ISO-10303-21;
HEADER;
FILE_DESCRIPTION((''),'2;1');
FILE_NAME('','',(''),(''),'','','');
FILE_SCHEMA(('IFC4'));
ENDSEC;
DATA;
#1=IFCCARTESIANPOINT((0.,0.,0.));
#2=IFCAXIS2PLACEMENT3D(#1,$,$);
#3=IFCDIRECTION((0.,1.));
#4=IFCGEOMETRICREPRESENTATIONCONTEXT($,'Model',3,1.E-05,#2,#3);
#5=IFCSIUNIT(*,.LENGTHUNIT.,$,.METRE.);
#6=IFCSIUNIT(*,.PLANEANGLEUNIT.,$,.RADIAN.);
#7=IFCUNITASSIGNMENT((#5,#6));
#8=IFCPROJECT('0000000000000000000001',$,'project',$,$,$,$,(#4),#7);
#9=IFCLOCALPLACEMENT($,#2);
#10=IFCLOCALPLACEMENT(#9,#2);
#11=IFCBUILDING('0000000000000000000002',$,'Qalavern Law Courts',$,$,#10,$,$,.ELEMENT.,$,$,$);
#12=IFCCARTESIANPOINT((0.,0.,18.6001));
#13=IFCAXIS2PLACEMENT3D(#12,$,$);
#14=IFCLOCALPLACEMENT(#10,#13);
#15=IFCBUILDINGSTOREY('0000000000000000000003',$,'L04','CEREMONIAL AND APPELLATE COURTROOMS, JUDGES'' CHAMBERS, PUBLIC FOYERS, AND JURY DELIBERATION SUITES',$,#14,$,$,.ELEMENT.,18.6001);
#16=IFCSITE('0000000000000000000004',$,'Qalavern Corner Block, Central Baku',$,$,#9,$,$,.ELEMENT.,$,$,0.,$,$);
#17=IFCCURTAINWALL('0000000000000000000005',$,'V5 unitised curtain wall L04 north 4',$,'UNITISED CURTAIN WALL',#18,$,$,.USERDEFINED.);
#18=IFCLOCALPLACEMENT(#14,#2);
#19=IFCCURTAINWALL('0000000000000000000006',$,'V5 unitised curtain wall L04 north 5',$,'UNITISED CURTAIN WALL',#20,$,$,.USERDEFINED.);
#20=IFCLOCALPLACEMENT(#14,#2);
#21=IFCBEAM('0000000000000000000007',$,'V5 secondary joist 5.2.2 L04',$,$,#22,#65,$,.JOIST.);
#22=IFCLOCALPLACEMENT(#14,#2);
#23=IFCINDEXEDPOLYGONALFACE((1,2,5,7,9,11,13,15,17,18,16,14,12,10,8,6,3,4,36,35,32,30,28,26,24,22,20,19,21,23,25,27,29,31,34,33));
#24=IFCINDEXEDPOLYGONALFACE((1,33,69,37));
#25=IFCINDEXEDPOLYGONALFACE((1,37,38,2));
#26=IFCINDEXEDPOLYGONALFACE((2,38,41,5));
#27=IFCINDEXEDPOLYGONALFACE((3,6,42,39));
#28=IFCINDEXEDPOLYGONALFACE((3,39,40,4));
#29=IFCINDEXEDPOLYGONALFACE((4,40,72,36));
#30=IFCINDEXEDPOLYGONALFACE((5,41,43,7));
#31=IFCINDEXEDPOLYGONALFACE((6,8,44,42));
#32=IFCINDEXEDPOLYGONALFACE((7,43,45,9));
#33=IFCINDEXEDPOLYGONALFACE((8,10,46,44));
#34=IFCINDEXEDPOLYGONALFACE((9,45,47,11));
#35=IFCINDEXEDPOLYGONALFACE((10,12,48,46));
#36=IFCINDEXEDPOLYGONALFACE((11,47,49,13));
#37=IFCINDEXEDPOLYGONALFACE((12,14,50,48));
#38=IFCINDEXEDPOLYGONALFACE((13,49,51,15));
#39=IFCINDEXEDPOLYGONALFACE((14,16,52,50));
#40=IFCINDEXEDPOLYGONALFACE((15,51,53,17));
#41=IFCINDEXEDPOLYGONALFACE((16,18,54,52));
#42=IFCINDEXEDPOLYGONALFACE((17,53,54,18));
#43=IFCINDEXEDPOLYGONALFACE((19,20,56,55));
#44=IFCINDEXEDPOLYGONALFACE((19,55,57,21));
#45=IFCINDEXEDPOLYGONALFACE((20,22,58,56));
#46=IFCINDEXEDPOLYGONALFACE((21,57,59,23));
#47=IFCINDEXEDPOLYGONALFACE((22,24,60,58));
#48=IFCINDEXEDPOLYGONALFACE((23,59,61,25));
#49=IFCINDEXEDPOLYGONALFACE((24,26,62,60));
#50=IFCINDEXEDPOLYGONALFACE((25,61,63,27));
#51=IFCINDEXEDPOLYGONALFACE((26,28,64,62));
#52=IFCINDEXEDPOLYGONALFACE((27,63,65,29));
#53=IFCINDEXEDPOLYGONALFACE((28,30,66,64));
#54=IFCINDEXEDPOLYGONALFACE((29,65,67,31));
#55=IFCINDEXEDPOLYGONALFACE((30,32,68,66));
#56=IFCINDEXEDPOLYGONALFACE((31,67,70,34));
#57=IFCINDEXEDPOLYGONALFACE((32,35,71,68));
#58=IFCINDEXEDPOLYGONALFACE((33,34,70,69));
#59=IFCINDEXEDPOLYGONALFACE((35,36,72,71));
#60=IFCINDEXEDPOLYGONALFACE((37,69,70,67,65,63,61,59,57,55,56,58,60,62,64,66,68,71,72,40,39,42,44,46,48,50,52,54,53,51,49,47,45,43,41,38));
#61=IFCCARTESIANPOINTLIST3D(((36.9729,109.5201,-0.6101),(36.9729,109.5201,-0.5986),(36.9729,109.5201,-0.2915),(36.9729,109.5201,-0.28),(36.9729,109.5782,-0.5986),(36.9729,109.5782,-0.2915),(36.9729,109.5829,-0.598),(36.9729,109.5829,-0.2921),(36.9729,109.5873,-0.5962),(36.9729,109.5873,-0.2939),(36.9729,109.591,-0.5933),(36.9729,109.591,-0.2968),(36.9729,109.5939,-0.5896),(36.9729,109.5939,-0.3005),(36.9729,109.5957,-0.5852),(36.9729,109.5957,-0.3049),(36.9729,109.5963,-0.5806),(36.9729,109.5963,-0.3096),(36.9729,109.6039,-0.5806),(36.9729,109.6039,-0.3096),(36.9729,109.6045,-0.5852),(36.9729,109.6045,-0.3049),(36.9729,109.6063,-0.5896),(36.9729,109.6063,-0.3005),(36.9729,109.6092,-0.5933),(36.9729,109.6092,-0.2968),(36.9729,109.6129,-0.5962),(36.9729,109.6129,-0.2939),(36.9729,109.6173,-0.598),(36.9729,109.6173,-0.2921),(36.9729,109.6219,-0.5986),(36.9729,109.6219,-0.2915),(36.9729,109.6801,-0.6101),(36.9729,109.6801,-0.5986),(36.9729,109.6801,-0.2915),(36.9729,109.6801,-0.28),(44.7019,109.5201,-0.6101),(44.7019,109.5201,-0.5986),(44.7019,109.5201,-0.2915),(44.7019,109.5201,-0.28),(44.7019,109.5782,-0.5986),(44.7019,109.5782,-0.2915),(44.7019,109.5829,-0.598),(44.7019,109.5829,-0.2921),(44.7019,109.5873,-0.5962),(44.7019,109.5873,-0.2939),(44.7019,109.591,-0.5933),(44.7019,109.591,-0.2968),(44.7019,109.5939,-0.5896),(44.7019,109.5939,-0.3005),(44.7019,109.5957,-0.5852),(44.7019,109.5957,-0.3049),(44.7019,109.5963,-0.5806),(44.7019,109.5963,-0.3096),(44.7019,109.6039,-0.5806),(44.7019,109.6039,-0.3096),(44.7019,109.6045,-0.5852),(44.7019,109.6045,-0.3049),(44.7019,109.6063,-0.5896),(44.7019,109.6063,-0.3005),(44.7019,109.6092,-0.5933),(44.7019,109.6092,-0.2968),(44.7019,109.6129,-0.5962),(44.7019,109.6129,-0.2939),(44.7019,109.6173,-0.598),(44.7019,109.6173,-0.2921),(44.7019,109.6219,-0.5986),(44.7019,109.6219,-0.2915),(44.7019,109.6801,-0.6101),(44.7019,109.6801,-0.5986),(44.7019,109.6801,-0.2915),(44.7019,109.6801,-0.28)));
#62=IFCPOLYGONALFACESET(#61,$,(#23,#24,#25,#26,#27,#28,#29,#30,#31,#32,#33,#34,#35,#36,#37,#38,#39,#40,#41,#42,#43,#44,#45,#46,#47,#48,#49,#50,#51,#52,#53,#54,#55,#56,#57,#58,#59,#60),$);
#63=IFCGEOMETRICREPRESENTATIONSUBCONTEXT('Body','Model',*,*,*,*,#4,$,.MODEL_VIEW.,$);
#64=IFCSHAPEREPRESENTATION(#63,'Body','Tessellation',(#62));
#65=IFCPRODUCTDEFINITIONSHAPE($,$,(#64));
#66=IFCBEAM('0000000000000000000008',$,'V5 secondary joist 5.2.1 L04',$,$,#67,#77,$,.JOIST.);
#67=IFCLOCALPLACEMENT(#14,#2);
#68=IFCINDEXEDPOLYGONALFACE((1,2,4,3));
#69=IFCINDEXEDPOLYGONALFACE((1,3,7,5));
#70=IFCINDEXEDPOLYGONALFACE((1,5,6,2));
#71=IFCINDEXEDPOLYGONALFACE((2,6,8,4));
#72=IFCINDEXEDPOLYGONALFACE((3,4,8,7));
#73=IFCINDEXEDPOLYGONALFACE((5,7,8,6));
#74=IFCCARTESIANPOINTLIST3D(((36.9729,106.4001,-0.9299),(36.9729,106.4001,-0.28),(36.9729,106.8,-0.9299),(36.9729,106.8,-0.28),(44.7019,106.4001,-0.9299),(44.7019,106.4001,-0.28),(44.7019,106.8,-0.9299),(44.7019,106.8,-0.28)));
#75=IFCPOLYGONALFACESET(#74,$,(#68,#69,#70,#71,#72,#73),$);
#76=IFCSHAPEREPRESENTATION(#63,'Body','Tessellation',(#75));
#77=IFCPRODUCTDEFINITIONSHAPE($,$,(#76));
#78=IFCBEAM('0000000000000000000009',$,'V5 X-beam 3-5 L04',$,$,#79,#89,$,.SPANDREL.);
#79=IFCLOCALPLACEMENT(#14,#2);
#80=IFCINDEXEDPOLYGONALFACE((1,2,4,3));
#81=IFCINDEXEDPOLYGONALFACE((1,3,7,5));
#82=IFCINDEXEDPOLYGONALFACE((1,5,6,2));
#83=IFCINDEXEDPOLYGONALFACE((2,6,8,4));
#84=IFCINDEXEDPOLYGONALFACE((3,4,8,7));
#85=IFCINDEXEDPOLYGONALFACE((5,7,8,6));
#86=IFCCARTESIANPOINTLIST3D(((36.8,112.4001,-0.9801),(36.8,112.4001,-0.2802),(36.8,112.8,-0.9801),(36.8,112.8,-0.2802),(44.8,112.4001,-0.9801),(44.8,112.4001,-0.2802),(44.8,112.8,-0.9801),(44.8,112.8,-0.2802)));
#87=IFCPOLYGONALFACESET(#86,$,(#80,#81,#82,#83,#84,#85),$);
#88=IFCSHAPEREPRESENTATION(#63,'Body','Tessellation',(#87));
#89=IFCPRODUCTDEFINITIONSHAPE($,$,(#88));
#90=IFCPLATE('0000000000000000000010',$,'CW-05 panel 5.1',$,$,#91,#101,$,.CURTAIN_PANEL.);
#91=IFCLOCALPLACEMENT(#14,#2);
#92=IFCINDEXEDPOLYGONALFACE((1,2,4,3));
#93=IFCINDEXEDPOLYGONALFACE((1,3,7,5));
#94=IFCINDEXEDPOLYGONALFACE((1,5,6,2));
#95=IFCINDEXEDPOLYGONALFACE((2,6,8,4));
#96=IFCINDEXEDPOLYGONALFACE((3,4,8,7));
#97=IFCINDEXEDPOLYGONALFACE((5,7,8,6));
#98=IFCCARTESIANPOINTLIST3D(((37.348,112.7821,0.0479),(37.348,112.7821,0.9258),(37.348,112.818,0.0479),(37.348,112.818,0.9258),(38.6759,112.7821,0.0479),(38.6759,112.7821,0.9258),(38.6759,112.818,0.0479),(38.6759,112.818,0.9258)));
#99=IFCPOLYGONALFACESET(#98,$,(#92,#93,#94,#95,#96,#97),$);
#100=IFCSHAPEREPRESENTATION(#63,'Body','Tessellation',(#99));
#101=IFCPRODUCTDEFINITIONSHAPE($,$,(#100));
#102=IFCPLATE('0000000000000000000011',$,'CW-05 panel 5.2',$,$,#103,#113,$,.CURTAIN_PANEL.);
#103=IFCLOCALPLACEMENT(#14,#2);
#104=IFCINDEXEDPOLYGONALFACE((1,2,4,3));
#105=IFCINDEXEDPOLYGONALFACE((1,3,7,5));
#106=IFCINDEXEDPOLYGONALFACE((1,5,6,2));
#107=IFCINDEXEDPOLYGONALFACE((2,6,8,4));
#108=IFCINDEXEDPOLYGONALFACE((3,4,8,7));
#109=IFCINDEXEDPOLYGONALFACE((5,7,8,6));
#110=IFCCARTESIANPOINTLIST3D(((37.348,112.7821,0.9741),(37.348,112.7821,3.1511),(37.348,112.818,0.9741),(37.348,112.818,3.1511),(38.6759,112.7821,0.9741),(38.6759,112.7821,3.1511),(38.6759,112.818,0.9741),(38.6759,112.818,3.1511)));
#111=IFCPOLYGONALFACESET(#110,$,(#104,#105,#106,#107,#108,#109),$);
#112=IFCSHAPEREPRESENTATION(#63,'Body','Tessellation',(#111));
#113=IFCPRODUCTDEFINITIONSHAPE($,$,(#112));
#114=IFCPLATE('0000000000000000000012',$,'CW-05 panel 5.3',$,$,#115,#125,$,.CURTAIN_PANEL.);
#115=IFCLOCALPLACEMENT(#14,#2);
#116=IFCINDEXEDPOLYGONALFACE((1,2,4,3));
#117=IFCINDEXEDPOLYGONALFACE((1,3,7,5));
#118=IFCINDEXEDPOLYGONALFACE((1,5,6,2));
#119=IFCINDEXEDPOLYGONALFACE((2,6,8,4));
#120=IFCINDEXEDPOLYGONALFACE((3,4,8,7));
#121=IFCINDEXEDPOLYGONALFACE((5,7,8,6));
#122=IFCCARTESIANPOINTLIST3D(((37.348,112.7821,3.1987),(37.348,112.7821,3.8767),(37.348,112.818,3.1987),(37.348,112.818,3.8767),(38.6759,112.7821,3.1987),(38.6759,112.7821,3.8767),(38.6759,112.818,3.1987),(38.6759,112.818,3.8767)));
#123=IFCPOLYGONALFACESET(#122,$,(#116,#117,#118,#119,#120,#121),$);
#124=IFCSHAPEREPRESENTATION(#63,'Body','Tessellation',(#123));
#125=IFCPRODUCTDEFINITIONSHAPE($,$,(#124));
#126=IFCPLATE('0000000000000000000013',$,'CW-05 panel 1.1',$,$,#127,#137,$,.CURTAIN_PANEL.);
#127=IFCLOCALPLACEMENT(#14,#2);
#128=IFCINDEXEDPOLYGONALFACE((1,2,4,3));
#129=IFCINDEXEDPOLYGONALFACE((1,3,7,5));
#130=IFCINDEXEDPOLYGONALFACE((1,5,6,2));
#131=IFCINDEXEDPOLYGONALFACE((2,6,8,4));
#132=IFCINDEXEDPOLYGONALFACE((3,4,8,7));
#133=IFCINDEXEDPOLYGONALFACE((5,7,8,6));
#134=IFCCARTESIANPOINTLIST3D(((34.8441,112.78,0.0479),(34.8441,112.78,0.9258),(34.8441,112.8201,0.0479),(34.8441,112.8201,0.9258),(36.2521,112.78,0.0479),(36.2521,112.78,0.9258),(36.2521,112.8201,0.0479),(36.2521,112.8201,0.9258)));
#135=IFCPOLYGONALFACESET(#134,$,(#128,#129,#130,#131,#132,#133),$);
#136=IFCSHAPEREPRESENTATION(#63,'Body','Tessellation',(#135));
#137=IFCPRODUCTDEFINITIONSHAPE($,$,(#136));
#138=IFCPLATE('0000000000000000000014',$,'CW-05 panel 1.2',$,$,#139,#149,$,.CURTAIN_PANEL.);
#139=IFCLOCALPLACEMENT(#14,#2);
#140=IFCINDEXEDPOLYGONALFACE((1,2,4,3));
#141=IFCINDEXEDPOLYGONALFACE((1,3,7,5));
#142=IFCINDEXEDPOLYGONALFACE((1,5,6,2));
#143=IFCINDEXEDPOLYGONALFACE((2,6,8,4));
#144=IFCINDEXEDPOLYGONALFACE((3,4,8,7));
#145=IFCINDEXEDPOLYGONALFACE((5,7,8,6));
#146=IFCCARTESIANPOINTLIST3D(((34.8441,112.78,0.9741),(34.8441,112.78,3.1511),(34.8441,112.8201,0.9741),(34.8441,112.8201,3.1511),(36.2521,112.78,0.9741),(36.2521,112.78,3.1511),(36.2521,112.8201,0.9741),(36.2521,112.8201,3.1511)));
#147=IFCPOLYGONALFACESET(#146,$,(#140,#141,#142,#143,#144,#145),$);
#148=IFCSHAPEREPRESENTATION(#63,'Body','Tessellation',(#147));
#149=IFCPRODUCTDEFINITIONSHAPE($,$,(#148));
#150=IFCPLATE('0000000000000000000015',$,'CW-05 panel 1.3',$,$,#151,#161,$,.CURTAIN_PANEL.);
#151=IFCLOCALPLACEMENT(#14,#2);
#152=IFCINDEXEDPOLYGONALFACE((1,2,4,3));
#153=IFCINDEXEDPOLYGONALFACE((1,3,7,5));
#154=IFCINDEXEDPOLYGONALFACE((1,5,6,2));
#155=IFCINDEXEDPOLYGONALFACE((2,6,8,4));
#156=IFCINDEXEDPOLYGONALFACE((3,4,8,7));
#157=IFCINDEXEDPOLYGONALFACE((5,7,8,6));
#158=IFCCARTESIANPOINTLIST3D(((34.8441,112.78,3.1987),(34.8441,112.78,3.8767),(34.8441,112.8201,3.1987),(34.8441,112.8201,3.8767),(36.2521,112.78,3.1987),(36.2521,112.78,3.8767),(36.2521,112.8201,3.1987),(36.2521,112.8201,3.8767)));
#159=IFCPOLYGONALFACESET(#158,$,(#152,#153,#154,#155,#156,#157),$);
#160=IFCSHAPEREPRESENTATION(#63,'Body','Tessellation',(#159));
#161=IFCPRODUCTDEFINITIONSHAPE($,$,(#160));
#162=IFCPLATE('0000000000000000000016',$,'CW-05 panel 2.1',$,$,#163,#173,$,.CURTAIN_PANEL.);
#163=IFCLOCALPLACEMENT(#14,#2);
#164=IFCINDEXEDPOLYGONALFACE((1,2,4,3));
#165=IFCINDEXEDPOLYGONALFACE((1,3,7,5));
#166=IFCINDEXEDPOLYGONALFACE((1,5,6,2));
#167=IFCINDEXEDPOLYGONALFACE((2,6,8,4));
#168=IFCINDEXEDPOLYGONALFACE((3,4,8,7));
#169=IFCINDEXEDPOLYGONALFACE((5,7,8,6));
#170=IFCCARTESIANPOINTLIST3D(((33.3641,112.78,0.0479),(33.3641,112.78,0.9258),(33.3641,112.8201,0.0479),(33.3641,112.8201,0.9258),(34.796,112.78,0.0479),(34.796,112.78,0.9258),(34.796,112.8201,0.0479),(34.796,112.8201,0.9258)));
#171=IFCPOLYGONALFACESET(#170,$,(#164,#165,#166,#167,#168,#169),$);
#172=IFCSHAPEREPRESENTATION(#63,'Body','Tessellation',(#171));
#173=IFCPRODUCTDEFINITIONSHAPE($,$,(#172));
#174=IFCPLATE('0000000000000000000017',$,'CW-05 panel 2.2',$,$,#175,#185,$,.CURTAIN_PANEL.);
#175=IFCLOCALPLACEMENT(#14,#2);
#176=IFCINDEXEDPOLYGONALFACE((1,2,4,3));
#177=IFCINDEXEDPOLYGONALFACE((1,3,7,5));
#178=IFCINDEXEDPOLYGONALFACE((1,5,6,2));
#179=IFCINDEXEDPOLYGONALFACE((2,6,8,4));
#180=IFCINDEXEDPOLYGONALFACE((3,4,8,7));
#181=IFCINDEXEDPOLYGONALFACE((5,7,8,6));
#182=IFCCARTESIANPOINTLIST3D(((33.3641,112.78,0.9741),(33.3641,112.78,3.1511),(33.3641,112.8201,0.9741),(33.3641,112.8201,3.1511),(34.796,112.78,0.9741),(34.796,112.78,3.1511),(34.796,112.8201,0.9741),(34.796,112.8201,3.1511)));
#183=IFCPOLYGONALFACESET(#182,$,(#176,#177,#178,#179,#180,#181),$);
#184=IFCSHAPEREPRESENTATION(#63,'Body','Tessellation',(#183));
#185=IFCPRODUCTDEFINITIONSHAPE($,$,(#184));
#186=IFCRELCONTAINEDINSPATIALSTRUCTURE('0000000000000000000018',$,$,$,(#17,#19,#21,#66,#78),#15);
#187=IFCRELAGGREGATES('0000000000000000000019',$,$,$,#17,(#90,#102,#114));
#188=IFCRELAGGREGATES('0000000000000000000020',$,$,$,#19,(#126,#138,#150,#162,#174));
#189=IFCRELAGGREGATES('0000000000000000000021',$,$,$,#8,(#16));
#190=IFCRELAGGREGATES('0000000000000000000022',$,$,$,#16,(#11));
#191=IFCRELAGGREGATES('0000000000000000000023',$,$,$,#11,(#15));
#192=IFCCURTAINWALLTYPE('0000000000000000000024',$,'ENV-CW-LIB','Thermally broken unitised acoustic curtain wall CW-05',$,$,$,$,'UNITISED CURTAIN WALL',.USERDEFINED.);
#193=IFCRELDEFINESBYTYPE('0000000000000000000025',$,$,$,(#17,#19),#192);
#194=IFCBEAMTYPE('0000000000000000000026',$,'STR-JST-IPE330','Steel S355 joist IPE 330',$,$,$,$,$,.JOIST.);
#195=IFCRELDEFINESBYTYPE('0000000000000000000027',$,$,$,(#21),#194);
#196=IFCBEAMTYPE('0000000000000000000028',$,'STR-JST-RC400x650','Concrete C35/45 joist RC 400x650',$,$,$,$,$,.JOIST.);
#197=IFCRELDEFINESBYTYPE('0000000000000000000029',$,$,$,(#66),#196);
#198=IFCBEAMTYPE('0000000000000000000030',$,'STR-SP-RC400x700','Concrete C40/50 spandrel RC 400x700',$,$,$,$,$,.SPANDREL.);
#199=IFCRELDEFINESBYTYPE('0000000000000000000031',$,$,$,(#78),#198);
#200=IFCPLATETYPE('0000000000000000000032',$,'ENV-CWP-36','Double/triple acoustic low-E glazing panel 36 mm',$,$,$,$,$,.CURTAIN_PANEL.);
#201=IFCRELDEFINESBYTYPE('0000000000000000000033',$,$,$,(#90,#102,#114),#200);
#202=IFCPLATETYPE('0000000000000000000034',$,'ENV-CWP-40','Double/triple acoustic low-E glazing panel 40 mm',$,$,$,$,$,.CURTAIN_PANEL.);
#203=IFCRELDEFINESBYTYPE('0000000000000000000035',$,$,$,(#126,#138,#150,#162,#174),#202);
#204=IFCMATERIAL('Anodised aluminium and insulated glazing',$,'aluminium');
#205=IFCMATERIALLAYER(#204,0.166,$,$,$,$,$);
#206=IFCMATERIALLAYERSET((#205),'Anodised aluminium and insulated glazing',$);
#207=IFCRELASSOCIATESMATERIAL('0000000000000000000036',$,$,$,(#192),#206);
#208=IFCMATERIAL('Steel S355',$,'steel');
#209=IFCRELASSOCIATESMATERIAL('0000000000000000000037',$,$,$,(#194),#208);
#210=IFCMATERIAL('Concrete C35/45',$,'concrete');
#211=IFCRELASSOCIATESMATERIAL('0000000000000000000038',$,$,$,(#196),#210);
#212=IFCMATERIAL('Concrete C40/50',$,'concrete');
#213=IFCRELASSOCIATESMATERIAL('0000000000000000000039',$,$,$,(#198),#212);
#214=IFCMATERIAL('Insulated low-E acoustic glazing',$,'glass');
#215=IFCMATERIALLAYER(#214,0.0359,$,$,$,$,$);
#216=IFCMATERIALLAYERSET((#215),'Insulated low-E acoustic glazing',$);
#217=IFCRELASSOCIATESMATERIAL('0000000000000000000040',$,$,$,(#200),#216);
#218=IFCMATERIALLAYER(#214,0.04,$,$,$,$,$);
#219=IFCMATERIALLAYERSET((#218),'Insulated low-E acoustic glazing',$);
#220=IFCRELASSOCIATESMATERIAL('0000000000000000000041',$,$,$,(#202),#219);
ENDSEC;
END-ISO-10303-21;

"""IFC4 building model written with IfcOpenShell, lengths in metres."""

from ifc_helpers import new_model, si_unit, direction, frame, origin, origin_2d, place, context, subcontext, project, spatial, rectangle, i_section, extrude, material, layer, layer_set, material_profile, profile_set, type_object, element, aggregate, save


model = new_model("IFC4")

# Units and contexts
model_context = context("Model", 3, precision=1e-05, world=origin(), true_north=direction((0.0, 1.0)))
body_context = subcontext(model_context, "Body", "Model", "MODEL_VIEW")
ifc_project = project(units=[si_unit("LENGTHUNIT", "METRE"), si_unit("PLANEANGLEUNIT", "RADIAN")], contexts=[model_context])

# Site, building, storey
site_placement = place(None, origin())
site = spatial("IfcSite", under=ifc_project, at=site_placement, Name="Qalavern Corner Block, Central Baku", CompositionType="ELEMENT", RefElevation=0.0)
building_placement = place(site_placement, origin())
building = spatial("IfcBuilding", under=site, at=building_placement, Name="Qalavern Law Courts", CompositionType="ELEMENT")
storey_placement = place(building_placement, frame((0.0, 0.0, 18.6001)))
storey = spatial("IfcBuildingStorey", under=building, at=storey_placement, Name="L04", Description="CEREMONIAL AND APPELLATE COURTROOMS, JUDGES' CHAMBERS, PUBLIC FOYERS, AND JURY DELIBERATION SUITES", CompositionType="ELEMENT", Elevation=18.6001)

# Curtain wall
ifc_material_1 = material(Name="Anodised aluminium and insulated glazing", Category="aluminium")
ifc_layer_1 = layer(ifc_material_1, 0.166)
ifc_layer_set_1 = layer_set([ifc_layer_1], Name="Anodised aluminium and insulated glazing")
curtain_wall_type = type_object("IfcCurtainWallType", Name="ENV-CW-LIB", Description="Thermally broken unitised acoustic curtain wall CW-05", ElementType="UNITISED CURTAIN WALL", PredefinedType="USERDEFINED", material=ifc_layer_set_1)
curtain_wall_1_placement = place(storey_placement, origin())
curtain_wall_1 = element("IfcCurtainWall", 1, at=curtain_wall_1_placement, inside=storey, type_object=curtain_wall_type, Name="V5 unitised curtain wall L04 north 4", ObjectType="UNITISED CURTAIN WALL", PredefinedType="USERDEFINED")

# Curtain wall
curtain_wall_2_placement = place(storey_placement, origin())
curtain_wall_2 = element("IfcCurtainWall", 2, at=curtain_wall_2_placement, inside=storey, type_object=curtain_wall_type, Name="V5 unitised curtain wall L04 north 5", ObjectType="UNITISED CURTAIN WALL", PredefinedType="USERDEFINED")

# Beams
ifc_material_2 = material(Name="Concrete C35/45", Category="concrete")
ifc_material_3 = material(Name="Steel S355", Category="steel")
ifc_material_profile_1 = material_profile(ifc_material_3, i_section(OverallWidth=0.1599, OverallDepth=0.3301, WebThickness=0.0076, FlangeThickness=0.0115, FilletRadius=0.0181, at=origin_2d()), Name="IPE 330")
ifc_profile_set_1 = profile_set([ifc_material_profile_1], Name="Steel S355")
beam_type_1 = type_object("IfcBeamType", Name="STR-JST-IPE330", Description="Steel S355 joist IPE 330", PredefinedType="JOIST", material=ifc_profile_set_1)
beam_1_placement = place(storey_placement, frame((36.9729, 109.6001, -0.4451), z_axis=(1.0, 0.0, 0.0), x_axis=(0.0, 1.0, 0.0)))
element("IfcBeam", 3, at=beam_1_placement, inside=storey, type_object=beam_type_1, Name="V5 secondary joist 5.2.2 L04", PredefinedType="JOIST", context=body_context, shape_type="SweptSolid", body=[
    extrude(i_section(OverallWidth=0.1599, OverallDepth=0.3301, WebThickness=0.0076, FlangeThickness=0.0115, FilletRadius=0.0181, at=origin_2d()), origin(), (0.0, 0.0, 1.0), 7.729),
])
ifc_material_profile_2 = material_profile(ifc_material_2, rectangle(XDim=0.3999, YDim=0.6499, at=origin_2d()), Name="RC 400x650")
ifc_profile_set_2 = profile_set([ifc_material_profile_2], Name="Concrete C35/45")
beam_type_2 = type_object("IfcBeamType", Name="STR-JST-RC400x650", Description="Concrete C35/45 joist RC 400x650", PredefinedType="JOIST", material=ifc_profile_set_2)
beam_2_placement = place(storey_placement, frame((36.9729, 106.6001, -0.605), z_axis=(1.0, 0.0, 0.0), x_axis=(0.0, 1.0, 0.0)))
element("IfcBeam", 4, at=beam_2_placement, inside=storey, type_object=beam_type_2, Name="V5 secondary joist 5.2.1 L04", PredefinedType="JOIST", context=body_context, shape_type="SweptSolid", body=[
    extrude(rectangle(XDim=0.3999, YDim=0.6499, at=origin_2d()), origin(), (0.0, 0.0, 1.0), 7.729),
])
ifc_material_4 = material(Name="Concrete C40/50", Category="concrete")
ifc_material_profile_3 = material_profile(ifc_material_4, rectangle(XDim=0.3999, YDim=0.7, at=origin_2d()), Name="RC 400x700")
ifc_profile_set_3 = profile_set([ifc_material_profile_3], Name="Concrete C40/50")
beam_type_3 = type_object("IfcBeamType", Name="STR-SP-RC400x700", Description="Concrete C40/50 spandrel RC 400x700", PredefinedType="SPANDREL", material=ifc_profile_set_3)
beam_3_placement = place(storey_placement, frame((36.8, 112.6001, -0.6301), z_axis=(1.0, 0.0, 0.0), x_axis=(0.0, 1.0, 0.0)))
element("IfcBeam", 5, at=beam_3_placement, inside=storey, type_object=beam_type_3, Name="V5 X-beam 3-5 L04", PredefinedType="SPANDREL", context=body_context, shape_type="SweptSolid", body=[
    extrude(rectangle(XDim=0.3999, YDim=0.7, at=origin_2d()), origin(), (0.0, 0.0, 1.0), 8.0),
])

# Plates
ifc_material_5 = material(Name="Insulated low-E acoustic glazing", Category="glass")
ifc_layer_2 = layer(ifc_material_5, 0.0359)
ifc_layer_set_2 = layer_set([ifc_layer_2], Name="Insulated low-E acoustic glazing")
plate_type_1 = type_object("IfcPlateType", Name="ENV-CWP-36", Description="Double/triple acoustic low-E glazing panel 36 mm", PredefinedType="CURTAIN_PANEL", material=ifc_layer_set_2)
plate_1_placement = place(storey_placement, frame((38.012, 112.8, 0.0479), z_axis=(0.0, 0.0, 1.0), x_axis=(-1.0, 0.0, 0.0)))
plate_1 = element("IfcPlate", 6, at=plate_1_placement, type_object=plate_type_1, Name="CW-05 panel 5.1", PredefinedType="CURTAIN_PANEL", context=body_context, shape_type="SweptSolid", body=[
    extrude(rectangle(XDim=1.3279, YDim=0.0359, at=origin_2d()), origin(), (0.0, 0.0, 1.0), 0.8779),
])
plate_2_placement = place(storey_placement, frame((38.012, 112.8, 0.9741), z_axis=(0.0, 0.0, 1.0), x_axis=(-1.0, 0.0, 0.0)))
plate_2 = element("IfcPlate", 7, at=plate_2_placement, type_object=plate_type_1, Name="CW-05 panel 5.2", PredefinedType="CURTAIN_PANEL", context=body_context, shape_type="SweptSolid", body=[
    extrude(rectangle(XDim=1.3279, YDim=0.0359, at=origin_2d()), origin(), (0.0, 0.0, 1.0), 2.177),
])
plate_3_placement = place(storey_placement, frame((38.012, 112.8, 3.1987), z_axis=(0.0, 0.0, 1.0), x_axis=(-1.0, 0.0, 0.0)))
plate_3 = element("IfcPlate", 8, at=plate_3_placement, type_object=plate_type_1, Name="CW-05 panel 5.3", PredefinedType="CURTAIN_PANEL", context=body_context, shape_type="SweptSolid", body=[
    extrude(rectangle(XDim=1.3279, YDim=0.0359, at=origin_2d()), origin(), (0.0, 0.0, 1.0), 0.678),
])
aggregate(curtain_wall_1, [plate_1, plate_2, plate_3])
ifc_layer_3 = layer(ifc_material_5, 0.04)
ifc_layer_set_3 = layer_set([ifc_layer_3], Name="Insulated low-E acoustic glazing")
plate_type_2 = type_object("IfcPlateType", Name="ENV-CWP-40", Description="Double/triple acoustic low-E glazing panel 40 mm", PredefinedType="CURTAIN_PANEL", material=ifc_layer_set_3)
plate_4_placement = place(storey_placement, frame((35.5481, 112.8, 0.0479), z_axis=(0.0, 0.0, 1.0), x_axis=(-1.0, 0.0, 0.0)))
plate_4 = element("IfcPlate", 9, at=plate_4_placement, type_object=plate_type_2, Name="CW-05 panel 1.1", PredefinedType="CURTAIN_PANEL", context=body_context, shape_type="SweptSolid", body=[
    extrude(rectangle(XDim=1.408, YDim=0.04, at=origin_2d()), origin(), (0.0, 0.0, 1.0), 0.8779),
])
plate_5_placement = place(storey_placement, frame((35.5481, 112.8, 0.9741), z_axis=(0.0, 0.0, 1.0), x_axis=(-1.0, 0.0, 0.0)))
plate_5 = element("IfcPlate", 10, at=plate_5_placement, type_object=plate_type_2, Name="CW-05 panel 1.2", PredefinedType="CURTAIN_PANEL", context=body_context, shape_type="SweptSolid", body=[
    extrude(rectangle(XDim=1.408, YDim=0.04, at=origin_2d()), origin(), (0.0, 0.0, 1.0), 2.177),
])
plate_6_placement = place(storey_placement, frame((35.5481, 112.8, 3.1987), z_axis=(0.0, 0.0, 1.0), x_axis=(-1.0, 0.0, 0.0)))
plate_6 = element("IfcPlate", 11, at=plate_6_placement, type_object=plate_type_2, Name="CW-05 panel 1.3", PredefinedType="CURTAIN_PANEL", context=body_context, shape_type="SweptSolid", body=[
    extrude(rectangle(XDim=1.408, YDim=0.04, at=origin_2d()), origin(), (0.0, 0.0, 1.0), 0.678),
])
plate_7_placement = place(storey_placement, frame((34.0801, 112.8, 0.0479), z_axis=(0.0, 0.0, 1.0), x_axis=(-1.0, 0.0, 0.0)))
plate_7 = element("IfcPlate", 12, at=plate_7_placement, type_object=plate_type_2, Name="CW-05 panel 2.1", PredefinedType="CURTAIN_PANEL", context=body_context, shape_type="SweptSolid", body=[
    extrude(rectangle(XDim=1.4319, YDim=0.04, at=origin_2d()), origin(), (0.0, 0.0, 1.0), 0.8779),
])
plate_8_placement = place(storey_placement, frame((34.0801, 112.8, 0.9741), z_axis=(0.0, 0.0, 1.0), x_axis=(-1.0, 0.0, 0.0)))
plate_8 = element("IfcPlate", 13, at=plate_8_placement, type_object=plate_type_2, Name="CW-05 panel 2.2", PredefinedType="CURTAIN_PANEL", context=body_context, shape_type="SweptSolid", body=[
    extrude(rectangle(XDim=1.4319, YDim=0.04, at=origin_2d()), origin(), (0.0, 0.0, 1.0), 2.177),
])
aggregate(curtain_wall_2, [plate_4, plate_5, plate_6, plate_7, plate_8])

save(model, "model.ifc")
